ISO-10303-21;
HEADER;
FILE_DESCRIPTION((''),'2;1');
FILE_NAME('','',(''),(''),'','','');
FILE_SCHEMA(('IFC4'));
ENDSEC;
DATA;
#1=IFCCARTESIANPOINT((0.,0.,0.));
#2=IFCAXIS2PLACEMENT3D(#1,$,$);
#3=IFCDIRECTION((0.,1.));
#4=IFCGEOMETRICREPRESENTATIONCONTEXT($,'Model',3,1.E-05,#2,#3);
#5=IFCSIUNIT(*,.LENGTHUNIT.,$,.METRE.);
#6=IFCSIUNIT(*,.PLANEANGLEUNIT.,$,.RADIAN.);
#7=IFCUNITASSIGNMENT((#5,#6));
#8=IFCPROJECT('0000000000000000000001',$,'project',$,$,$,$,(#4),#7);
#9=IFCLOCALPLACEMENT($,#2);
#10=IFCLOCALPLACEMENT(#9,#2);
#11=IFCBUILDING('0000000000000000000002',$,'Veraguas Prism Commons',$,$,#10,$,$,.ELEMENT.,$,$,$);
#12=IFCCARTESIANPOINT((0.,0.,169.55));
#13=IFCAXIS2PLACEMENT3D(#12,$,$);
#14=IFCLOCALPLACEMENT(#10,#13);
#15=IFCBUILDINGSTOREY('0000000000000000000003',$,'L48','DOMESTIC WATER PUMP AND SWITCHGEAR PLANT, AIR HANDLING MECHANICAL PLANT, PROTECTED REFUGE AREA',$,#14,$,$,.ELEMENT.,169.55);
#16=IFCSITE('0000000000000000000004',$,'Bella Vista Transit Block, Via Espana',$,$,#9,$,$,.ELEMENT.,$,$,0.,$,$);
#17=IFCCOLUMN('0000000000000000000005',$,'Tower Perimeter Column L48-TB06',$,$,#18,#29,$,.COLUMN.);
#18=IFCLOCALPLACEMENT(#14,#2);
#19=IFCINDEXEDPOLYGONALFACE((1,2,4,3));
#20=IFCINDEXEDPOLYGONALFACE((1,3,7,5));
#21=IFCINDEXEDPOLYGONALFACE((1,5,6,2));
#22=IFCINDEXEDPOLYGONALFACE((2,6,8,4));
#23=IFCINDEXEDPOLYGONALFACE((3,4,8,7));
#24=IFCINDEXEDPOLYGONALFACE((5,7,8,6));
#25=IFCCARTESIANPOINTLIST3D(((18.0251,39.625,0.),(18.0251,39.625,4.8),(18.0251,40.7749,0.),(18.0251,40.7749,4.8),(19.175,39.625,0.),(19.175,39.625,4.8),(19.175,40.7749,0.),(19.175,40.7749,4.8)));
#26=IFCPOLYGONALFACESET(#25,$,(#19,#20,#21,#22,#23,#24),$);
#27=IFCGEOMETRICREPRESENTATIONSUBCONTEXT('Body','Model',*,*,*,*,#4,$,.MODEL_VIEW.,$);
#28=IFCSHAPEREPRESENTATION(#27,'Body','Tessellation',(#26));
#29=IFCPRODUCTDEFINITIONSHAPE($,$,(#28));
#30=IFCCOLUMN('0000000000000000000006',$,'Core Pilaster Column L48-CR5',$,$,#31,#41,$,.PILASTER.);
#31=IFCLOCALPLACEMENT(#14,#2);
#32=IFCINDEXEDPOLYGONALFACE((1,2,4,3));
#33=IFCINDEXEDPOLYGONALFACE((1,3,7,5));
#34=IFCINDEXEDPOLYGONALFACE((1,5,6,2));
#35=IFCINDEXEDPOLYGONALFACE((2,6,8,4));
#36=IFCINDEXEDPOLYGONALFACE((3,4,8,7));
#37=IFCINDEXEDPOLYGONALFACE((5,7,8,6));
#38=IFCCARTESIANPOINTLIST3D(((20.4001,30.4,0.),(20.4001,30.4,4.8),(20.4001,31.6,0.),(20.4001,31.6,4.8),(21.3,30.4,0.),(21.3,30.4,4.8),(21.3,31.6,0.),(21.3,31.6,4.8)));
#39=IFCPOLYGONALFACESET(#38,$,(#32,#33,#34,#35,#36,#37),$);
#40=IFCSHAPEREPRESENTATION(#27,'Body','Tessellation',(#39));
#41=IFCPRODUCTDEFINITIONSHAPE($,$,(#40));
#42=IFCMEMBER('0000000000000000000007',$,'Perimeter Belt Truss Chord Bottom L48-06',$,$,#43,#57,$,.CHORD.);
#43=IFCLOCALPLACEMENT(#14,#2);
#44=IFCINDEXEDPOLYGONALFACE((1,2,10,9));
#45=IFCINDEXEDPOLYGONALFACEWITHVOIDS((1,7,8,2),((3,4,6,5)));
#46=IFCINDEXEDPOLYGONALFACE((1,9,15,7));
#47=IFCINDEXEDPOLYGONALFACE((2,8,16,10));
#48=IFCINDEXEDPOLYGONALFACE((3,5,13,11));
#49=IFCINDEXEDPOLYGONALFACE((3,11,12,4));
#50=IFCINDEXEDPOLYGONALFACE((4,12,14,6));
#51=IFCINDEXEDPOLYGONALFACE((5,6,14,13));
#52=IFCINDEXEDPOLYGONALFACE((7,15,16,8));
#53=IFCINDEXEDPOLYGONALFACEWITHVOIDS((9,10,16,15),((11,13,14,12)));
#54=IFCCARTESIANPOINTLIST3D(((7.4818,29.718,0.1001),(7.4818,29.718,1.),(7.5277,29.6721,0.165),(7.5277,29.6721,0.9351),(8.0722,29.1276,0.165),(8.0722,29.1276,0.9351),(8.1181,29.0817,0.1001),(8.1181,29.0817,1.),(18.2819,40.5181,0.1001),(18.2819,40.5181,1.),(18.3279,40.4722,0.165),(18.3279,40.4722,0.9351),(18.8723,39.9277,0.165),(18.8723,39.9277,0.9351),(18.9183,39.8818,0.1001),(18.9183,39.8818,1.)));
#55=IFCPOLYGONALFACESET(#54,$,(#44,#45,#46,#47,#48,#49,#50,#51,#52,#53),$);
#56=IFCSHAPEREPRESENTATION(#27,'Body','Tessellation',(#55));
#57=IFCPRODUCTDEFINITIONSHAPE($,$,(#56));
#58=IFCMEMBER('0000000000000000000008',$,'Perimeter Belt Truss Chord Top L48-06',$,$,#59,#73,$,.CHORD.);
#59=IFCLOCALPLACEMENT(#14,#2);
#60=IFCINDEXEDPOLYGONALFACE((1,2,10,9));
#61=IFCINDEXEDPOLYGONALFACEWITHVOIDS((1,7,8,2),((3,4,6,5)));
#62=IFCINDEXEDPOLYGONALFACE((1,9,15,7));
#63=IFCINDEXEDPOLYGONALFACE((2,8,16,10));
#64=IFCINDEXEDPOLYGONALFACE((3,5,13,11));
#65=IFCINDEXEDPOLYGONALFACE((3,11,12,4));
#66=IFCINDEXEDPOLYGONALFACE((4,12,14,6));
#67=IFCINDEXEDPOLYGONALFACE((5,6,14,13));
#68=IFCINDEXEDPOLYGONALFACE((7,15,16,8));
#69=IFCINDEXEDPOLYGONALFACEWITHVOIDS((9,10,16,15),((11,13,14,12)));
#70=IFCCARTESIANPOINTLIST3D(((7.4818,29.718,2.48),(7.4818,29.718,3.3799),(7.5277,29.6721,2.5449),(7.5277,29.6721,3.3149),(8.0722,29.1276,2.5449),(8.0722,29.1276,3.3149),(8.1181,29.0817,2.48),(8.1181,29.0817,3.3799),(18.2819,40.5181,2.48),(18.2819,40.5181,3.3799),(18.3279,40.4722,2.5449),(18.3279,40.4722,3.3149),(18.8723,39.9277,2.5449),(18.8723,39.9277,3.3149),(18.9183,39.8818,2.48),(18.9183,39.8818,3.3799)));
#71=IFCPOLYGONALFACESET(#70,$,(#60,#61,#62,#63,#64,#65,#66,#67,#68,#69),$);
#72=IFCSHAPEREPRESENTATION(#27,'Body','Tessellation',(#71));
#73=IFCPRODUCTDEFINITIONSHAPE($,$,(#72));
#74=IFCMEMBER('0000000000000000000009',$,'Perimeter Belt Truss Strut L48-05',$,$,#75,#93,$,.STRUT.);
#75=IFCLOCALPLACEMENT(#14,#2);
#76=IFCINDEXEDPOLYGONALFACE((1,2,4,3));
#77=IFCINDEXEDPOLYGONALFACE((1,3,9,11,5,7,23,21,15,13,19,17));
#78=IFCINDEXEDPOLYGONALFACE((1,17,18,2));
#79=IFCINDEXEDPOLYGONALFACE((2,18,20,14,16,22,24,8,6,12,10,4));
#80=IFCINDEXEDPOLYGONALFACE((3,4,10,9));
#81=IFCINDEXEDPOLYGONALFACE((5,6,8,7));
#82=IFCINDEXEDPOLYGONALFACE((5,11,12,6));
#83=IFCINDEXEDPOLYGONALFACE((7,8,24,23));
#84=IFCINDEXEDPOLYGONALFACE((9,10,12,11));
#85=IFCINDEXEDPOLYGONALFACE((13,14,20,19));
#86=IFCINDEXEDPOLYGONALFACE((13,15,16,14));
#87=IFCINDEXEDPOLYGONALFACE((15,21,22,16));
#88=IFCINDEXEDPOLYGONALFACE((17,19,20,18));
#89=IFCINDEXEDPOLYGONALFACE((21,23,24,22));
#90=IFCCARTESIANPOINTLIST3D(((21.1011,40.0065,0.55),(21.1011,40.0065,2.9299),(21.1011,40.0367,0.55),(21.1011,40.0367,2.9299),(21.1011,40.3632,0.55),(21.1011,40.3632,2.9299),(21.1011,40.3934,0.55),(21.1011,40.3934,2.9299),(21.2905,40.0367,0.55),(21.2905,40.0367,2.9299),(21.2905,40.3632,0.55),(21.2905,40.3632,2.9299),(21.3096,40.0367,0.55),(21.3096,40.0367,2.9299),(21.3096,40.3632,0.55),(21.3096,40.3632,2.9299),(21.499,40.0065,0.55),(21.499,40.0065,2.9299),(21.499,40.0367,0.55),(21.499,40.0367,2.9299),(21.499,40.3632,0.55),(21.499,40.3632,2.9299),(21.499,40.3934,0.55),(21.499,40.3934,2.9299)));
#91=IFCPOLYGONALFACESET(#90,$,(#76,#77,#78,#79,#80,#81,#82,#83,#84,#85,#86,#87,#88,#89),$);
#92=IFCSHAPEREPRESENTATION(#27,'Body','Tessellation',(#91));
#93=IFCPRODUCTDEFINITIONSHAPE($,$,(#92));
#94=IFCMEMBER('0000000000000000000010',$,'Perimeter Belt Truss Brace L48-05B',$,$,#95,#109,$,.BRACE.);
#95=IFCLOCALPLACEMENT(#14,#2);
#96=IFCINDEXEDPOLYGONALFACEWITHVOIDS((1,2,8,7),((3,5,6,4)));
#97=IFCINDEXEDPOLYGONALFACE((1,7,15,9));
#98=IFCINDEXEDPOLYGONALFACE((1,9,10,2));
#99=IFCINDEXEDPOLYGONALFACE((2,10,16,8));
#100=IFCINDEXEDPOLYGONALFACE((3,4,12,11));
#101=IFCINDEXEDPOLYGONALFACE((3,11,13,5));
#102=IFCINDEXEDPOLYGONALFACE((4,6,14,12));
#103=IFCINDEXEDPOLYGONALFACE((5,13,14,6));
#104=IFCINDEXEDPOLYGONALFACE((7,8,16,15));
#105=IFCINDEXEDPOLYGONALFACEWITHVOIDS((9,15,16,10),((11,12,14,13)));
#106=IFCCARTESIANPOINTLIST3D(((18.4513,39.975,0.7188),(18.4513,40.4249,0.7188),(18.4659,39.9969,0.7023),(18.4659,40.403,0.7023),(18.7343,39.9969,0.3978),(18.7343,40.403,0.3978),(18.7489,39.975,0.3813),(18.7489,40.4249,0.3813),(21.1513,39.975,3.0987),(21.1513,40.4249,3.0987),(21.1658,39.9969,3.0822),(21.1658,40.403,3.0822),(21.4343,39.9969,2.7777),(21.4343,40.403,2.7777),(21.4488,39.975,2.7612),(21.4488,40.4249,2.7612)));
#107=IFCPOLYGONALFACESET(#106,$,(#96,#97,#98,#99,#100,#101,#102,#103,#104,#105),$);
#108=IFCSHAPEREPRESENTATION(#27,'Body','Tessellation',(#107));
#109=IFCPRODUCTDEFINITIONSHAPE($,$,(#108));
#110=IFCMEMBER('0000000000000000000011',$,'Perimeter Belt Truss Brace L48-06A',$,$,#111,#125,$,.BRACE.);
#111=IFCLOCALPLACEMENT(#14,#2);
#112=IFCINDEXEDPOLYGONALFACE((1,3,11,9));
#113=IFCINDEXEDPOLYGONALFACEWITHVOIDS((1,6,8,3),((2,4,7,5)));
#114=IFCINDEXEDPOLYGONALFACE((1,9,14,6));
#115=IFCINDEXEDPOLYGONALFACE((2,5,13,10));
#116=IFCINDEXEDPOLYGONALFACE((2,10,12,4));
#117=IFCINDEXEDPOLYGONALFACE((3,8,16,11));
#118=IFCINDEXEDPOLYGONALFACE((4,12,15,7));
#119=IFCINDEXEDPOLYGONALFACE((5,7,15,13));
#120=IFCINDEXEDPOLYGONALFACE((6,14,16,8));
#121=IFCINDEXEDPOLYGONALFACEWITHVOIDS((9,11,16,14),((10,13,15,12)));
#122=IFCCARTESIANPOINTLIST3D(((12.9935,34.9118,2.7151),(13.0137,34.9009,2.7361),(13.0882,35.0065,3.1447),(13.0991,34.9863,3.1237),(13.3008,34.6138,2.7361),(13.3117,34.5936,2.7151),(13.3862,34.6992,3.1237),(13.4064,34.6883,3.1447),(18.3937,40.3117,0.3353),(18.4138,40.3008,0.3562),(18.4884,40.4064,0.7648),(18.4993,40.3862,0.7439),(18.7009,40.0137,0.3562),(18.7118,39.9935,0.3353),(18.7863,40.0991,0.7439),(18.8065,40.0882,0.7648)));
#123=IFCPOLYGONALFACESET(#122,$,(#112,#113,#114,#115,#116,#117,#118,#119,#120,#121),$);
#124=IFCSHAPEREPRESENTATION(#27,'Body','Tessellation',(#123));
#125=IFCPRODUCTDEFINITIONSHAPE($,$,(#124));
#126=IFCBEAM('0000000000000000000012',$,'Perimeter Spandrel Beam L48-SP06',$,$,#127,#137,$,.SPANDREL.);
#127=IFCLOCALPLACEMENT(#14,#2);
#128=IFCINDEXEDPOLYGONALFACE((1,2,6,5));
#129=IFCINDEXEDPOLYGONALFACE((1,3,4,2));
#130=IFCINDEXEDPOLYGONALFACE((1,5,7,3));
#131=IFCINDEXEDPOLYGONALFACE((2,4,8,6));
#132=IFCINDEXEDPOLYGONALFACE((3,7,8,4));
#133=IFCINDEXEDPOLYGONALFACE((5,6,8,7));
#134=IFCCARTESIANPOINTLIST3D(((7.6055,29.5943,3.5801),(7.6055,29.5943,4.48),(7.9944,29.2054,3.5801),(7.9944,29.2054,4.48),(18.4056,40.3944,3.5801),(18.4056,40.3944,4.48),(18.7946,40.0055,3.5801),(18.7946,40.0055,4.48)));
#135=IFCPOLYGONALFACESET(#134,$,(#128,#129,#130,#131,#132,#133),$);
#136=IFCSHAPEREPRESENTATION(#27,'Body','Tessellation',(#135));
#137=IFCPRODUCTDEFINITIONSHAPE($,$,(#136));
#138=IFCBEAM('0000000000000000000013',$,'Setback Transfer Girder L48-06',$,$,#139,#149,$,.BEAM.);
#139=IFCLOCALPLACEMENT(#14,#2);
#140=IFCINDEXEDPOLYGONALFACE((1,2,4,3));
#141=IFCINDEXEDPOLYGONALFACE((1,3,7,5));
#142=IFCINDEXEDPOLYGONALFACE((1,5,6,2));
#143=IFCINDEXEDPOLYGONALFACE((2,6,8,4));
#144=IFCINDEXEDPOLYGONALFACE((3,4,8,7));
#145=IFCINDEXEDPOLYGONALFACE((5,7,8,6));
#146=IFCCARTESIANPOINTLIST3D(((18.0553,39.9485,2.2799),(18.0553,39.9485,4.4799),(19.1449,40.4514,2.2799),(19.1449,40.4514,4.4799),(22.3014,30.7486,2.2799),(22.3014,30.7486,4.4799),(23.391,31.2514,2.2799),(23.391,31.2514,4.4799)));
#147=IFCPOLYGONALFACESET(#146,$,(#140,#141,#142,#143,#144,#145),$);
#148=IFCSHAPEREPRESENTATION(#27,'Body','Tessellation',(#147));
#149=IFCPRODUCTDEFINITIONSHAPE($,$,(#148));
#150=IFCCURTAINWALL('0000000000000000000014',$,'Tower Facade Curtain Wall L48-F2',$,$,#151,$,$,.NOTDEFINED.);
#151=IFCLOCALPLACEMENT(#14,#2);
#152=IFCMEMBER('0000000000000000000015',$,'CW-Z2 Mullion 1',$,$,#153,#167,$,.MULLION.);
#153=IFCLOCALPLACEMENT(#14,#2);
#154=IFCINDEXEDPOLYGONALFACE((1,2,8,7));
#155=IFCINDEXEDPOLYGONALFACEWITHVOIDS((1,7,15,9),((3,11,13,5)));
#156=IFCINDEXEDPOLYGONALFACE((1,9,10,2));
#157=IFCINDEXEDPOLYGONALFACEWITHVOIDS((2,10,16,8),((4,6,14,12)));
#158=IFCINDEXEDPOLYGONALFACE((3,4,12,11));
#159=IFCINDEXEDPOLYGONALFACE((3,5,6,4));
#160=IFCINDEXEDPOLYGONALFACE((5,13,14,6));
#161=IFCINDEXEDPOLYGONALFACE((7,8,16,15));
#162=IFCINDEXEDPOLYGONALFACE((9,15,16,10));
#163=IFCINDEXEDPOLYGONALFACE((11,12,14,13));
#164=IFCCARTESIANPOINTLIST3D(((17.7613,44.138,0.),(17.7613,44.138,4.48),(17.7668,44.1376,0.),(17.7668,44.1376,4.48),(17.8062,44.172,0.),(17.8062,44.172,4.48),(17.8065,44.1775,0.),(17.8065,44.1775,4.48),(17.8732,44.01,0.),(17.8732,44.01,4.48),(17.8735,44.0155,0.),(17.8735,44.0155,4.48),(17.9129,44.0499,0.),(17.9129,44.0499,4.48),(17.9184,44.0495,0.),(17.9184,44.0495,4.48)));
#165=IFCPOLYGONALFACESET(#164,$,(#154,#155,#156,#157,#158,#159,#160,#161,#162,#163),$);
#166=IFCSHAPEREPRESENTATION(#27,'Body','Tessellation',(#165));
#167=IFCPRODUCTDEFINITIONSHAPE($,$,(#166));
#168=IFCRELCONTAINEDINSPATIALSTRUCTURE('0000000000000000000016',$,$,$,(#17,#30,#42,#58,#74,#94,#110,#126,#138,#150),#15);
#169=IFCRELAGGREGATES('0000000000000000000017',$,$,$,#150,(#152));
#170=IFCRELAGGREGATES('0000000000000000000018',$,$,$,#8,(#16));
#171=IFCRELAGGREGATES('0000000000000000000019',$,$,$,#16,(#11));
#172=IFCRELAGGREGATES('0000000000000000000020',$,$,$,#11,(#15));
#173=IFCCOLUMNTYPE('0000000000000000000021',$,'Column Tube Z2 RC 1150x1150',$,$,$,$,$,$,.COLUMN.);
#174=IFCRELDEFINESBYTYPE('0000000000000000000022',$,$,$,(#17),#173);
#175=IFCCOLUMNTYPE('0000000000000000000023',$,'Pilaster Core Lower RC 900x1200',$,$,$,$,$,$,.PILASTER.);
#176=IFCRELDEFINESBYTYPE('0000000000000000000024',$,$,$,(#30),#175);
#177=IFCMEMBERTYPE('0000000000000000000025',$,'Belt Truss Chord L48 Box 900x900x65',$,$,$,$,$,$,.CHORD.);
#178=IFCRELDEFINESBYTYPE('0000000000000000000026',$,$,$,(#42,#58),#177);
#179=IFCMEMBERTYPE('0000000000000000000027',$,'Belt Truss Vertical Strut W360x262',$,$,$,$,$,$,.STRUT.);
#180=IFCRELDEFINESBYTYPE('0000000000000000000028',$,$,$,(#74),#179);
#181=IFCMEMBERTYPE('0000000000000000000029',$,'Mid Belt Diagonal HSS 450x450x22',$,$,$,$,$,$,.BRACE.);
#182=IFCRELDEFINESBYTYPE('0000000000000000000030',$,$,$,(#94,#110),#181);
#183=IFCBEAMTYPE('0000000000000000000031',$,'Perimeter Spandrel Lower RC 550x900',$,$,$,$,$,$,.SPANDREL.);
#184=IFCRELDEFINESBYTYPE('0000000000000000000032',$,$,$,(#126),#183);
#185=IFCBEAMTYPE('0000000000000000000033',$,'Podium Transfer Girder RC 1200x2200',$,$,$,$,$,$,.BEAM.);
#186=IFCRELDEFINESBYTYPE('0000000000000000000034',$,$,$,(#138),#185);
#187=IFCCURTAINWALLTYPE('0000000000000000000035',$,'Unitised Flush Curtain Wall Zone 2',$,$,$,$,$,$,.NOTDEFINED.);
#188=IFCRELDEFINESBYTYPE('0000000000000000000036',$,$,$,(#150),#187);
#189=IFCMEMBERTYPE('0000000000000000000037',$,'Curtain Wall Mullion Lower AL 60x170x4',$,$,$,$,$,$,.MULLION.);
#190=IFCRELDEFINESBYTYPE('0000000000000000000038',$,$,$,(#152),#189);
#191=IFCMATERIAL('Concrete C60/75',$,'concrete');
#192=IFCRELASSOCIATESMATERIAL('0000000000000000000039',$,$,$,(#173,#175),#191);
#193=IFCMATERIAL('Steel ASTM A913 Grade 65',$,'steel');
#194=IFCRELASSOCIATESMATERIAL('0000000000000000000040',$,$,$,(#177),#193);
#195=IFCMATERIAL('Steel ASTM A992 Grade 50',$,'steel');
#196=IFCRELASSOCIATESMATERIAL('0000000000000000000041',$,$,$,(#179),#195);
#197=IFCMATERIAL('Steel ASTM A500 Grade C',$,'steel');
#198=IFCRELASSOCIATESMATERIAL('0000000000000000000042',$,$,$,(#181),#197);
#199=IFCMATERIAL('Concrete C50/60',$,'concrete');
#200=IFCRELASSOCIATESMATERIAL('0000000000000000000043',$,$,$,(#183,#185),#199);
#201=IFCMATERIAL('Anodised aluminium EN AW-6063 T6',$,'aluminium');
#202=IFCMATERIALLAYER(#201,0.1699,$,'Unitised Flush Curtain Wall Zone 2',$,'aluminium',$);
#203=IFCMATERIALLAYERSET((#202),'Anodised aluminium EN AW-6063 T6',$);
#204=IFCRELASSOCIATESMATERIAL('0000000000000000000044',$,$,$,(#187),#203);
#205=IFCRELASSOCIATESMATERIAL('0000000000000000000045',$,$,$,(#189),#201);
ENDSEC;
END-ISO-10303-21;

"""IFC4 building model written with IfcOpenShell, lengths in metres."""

from ifc_helpers import new_model, si_unit, direction, frame, origin, origin_2d, place, context, subcontext, project, spatial, rectangle, hollow_rectangle, i_section, extrude, source, transform, mapped, material, layer, layer_set, material_profile, profile_set, type_object, element, aggregate, save


model = new_model("IFC4")

# Units and contexts
model_context = context("Model", 3, precision=1e-05, world=origin(), true_north=direction((0.0, 1.0)))
body_context = subcontext(model_context, "Body", "Model", "MODEL_VIEW")
ifc_project = project(units=[si_unit("LENGTHUNIT", "METRE"), si_unit("PLANEANGLEUNIT", "RADIAN")], contexts=[model_context])

# Site, building, storey
site_placement = place(None, origin())
site = spatial("IfcSite", under=ifc_project, at=site_placement, Name="Bella Vista Transit Block, Via Espana", CompositionType="ELEMENT", RefElevation=0.0)
building_placement = place(site_placement, origin())
building = spatial("IfcBuilding", under=site, at=building_placement, Name="Veraguas Prism Commons", CompositionType="ELEMENT")
storey_placement = place(building_placement, frame((0.0, 0.0, 169.55)))
storey = spatial("IfcBuildingStorey", under=building, at=storey_placement, Name="L48", Description="DOMESTIC WATER PUMP AND SWITCHGEAR PLANT, AIR HANDLING MECHANICAL PLANT, PROTECTED REFUGE AREA", CompositionType="ELEMENT", Elevation=169.55)

# Columns
ifc_material_1 = material(Name="Concrete C60/75", Category="concrete")
ifc_material_profile_1 = material_profile(ifc_material_1, rectangle(XDim=1.1499, YDim=1.1499, at=origin_2d()), Name="RC1150X1150")
ifc_profile_set_1 = profile_set([ifc_material_profile_1], Name="Concrete C60/75")
column_type_1 = type_object("IfcColumnType", Name="Column Tube Z2 RC 1150x1150", PredefinedType="COLUMN", material=ifc_profile_set_1)
column_1_placement = place(storey_placement, frame((18.6001, 40.2, 0.0), z_axis=(0.0, 0.0, 1.0), x_axis=(1.0, 0.0, 0.0)))
element("IfcColumn", 1, at=column_1_placement, inside=storey, type_object=column_type_1, Name="Tower Perimeter Column L48-TB06", PredefinedType="COLUMN", context=body_context, shape_type="SweptSolid", body=[
    extrude(rectangle(XDim=1.1499, YDim=1.1499, at=origin_2d()), origin(), (0.0, 0.0, 1.0), 4.8),
])
ifc_material_profile_2 = material_profile(ifc_material_1, rectangle(XDim=0.8999, YDim=1.2, at=origin_2d()), Name="RC900X1200")
ifc_profile_set_2 = profile_set([ifc_material_profile_2], Name="Concrete C60/75")
column_type_2 = type_object("IfcColumnType", Name="Pilaster Core Lower RC 900x1200", PredefinedType="PILASTER", material=ifc_profile_set_2)
column_2_placement = place(storey_placement, frame((20.8501, 31.0, 0.0), z_axis=(0.0, 0.0, 1.0), x_axis=(1.0, 0.0, 0.0)))
element("IfcColumn", 2, at=column_2_placement, inside=storey, type_object=column_type_2, Name="Core Pilaster Column L48-CR5", PredefinedType="PILASTER", context=body_context, shape_type="SweptSolid", body=[
    extrude(rectangle(XDim=0.8999, YDim=1.2, at=origin_2d()), origin(), (0.0, 0.0, 1.0), 4.8),
])

# Members
ifc_material_2 = material(Name="Steel ASTM A913 Grade 65", Category="steel")
ifc_material_profile_3 = material_profile(ifc_material_2, hollow_rectangle(XDim=0.8999, YDim=0.8999, WallThickness=0.0649, at=origin_2d()), Name="BOX900X900X65")
ifc_profile_set_3 = profile_set([ifc_material_profile_3], Name="Steel ASTM A913 Grade 65")
member_type_1 = type_object("IfcMemberType", Name="Belt Truss Chord L48 Box 900x900x65", PredefinedType="CHORD", material=ifc_profile_set_3)
for number, where, z_axis, x_axis, name in (
    (3, (18.6001, 40.2, 0.55), (-0.707107, -0.707107, 0.0), (0.707107, -0.707107, 0.0), "Perimeter Belt Truss Chord Bottom L48-06"),
    (4, (18.6001, 40.2, 2.9299), (-0.707107, -0.707107, 0.0), (0.707107, -0.707107, 0.0), "Perimeter Belt Truss Chord Top L48-06"),
):
    element("IfcMember", number, at=place(storey_placement, frame(where, z_axis=z_axis, x_axis=x_axis)), inside=storey, type_object=member_type_1, Name=name, PredefinedType="CHORD", context=body_context, shape_type="SweptSolid", body=[
        extrude(hollow_rectangle(XDim=0.8999, YDim=0.8999, WallThickness=0.0649, at=origin_2d()), origin(), (0.0, 0.0, 1.0), 15.2737),
    ])
ifc_material_3 = material(Name="Steel ASTM A992 Grade 50", Category="steel")
ifc_material_profile_4 = material_profile(ifc_material_3, i_section(OverallWidth=0.3979, OverallDepth=0.387, WebThickness=0.019, FlangeThickness=0.0303, at=origin_2d()), Name="W360X262")
ifc_profile_set_4 = profile_set([ifc_material_profile_4], Name="Steel ASTM A992 Grade 50")
member_type_2 = type_object("IfcMemberType", Name="Belt Truss Vertical Strut W360x262", PredefinedType="STRUT", material=ifc_profile_set_4)
member_1_placement = place(storey_placement, frame((21.3, 40.2, 0.55), z_axis=(0.0, 0.0, 1.0), x_axis=(-1.0, 0.0, 0.0)))
element("IfcMember", 5, at=member_1_placement, inside=storey, type_object=member_type_2, Name="Perimeter Belt Truss Strut L48-05", PredefinedType="STRUT", context=body_context, shape_type="SweptSolid", body=[
    extrude(i_section(OverallWidth=0.3979, OverallDepth=0.387, WebThickness=0.019, FlangeThickness=0.0303, at=origin_2d()), origin(), (0.0, 0.0, 1.0), 2.3799),
])
ifc_material_4 = material(Name="Steel ASTM A500 Grade C", Category="steel")
ifc_material_profile_5 = material_profile(ifc_material_4, hollow_rectangle(XDim=0.45, YDim=0.45, WallThickness=0.022, at=origin_2d()), Name="HSS450X450X22")
ifc_profile_set_5 = profile_set([ifc_material_profile_5], Name="Steel ASTM A500 Grade C")
member_type_3 = type_object("IfcMemberType", Name="Mid Belt Diagonal HSS 450x450x22", PredefinedType="BRACE", material=ifc_profile_set_5)
member_2_placement = place(storey_placement, frame((18.6001, 40.2, 0.55), z_axis=(0.750172, 0.0, 0.661242), x_axis=(0.0, 1.0, 0.0)))
element("IfcMember", 6, at=member_2_placement, inside=storey, type_object=member_type_3, Name="Perimeter Belt Truss Brace L48-05B", PredefinedType="BRACE", context=body_context, shape_type="SweptSolid", body=[
    extrude(hollow_rectangle(XDim=0.45, YDim=0.45, WallThickness=0.022, at=origin_2d()), origin(), (0.0, 0.0, 1.0), 3.5991),
])
member_3_placement = place(storey_placement, frame((18.6001, 40.2, 0.55), z_axis=(-0.675101, -0.67507, 0.297522), x_axis=(0.707091, -0.707123, 0.0)))
element("IfcMember", 7, at=member_3_placement, inside=storey, type_object=member_type_3, Name="Perimeter Belt Truss Brace L48-06A", PredefinedType="BRACE", context=body_context, shape_type="SweptSolid", body=[
    extrude(hollow_rectangle(XDim=0.45, YDim=0.45, WallThickness=0.022, at=origin_2d()), origin(), (0.0, 0.0, 1.0), 7.999),
])

# Beams
ifc_material_5 = material(Name="Concrete C50/60", Category="concrete")
ifc_material_profile_6 = material_profile(ifc_material_5, rectangle(XDim=0.55, YDim=0.8999, at=origin_2d()), Name="RC550X900")
ifc_profile_set_6 = profile_set([ifc_material_profile_6], Name="Concrete C50/60")
beam_type_1 = type_object("IfcBeamType", Name="Perimeter Spandrel Lower RC 550x900", PredefinedType="SPANDREL", material=ifc_profile_set_6)
beam_1_placement = place(storey_placement, frame((18.6001, 40.2, 4.03), z_axis=(-0.707107, -0.707107, 0.0), x_axis=(0.707107, -0.707107, 0.0)))
element("IfcBeam", 8, at=beam_1_placement, inside=storey, type_object=beam_type_1, Name="Perimeter Spandrel Beam L48-SP06", PredefinedType="SPANDREL", context=body_context, shape_type="SweptSolid", body=[
    extrude(rectangle(XDim=0.55, YDim=0.8999, at=origin_2d()), origin(), (0.0, 0.0, 1.0), 15.2737),
])
ifc_material_profile_7 = material_profile(ifc_material_5, rectangle(XDim=1.2, YDim=2.2, at=origin_2d()), Name="RC1200X2200")
ifc_profile_set_7 = profile_set([ifc_material_profile_7], Name="Concrete C50/60")
beam_type_2 = type_object("IfcBeamType", Name="Podium Transfer Girder RC 1200x2200", PredefinedType="BEAM", material=ifc_profile_set_7)
beam_2_placement = place(storey_placement, frame((18.6001, 40.2, 3.3799), z_axis=(0.419055, -0.907961, 0.0), x_axis=(0.907961, 0.419055, 0.0)))
element("IfcBeam", 9, at=beam_2_placement, inside=storey, type_object=beam_type_2, Name="Setback Transfer Girder L48-06", PredefinedType="BEAM", context=body_context, shape_type="SweptSolid", body=[
    extrude(rectangle(XDim=1.2, YDim=2.2, at=origin_2d()), origin(), (0.0, 0.0, 1.0), 10.1326),
])

# Curtain wall, member
ifc_material_6 = material(Name="Anodised aluminium EN AW-6063 T6", Category="aluminium")
ifc_layer_1 = layer(ifc_material_6, 0.1699, Name="Unitised Flush Curtain Wall Zone 2", Category="aluminium")
ifc_layer_set_1 = layer_set([ifc_layer_1], Name="Anodised aluminium EN AW-6063 T6")
curtain_wall_type = type_object("IfcCurtainWallType", Name="Unitised Flush Curtain Wall Zone 2", PredefinedType="NOTDEFINED", material=ifc_layer_set_1)
curtain_wall_1_placement = place(storey_placement, origin())
curtain_wall_1 = element("IfcCurtainWall", 10, at=curtain_wall_1_placement, inside=storey, type_object=curtain_wall_type, Name="Tower Facade Curtain Wall L48-F2", PredefinedType="NOTDEFINED")
ifc_material_profile_8 = material_profile(ifc_material_6, hollow_rectangle(XDim=0.0601, YDim=0.1699, WallThickness=0.0039, at=origin_2d()), Name="AL60X170X4")
ifc_profile_set_8 = profile_set([ifc_material_profile_8], Name="Anodised aluminium EN AW-6063 T6")
member_type_4 = type_object("IfcMemberType", Name="Curtain Wall Mullion Lower AL 60x170x4", PredefinedType="MULLION", material=ifc_profile_set_8)
shared_shape_1 = source(origin(), body_context, "Body", "SweptSolid", [
    extrude(hollow_rectangle(XDim=0.0601, YDim=0.1699, WallThickness=0.0039, at=origin_2d()), origin(), (0.0, 0.0, 1.0), 4.48),
])
member_4_placement = place(storey_placement, frame((17.8398, 44.0938, 0.0), z_axis=(0.0, 0.0, 1.0), x_axis=(-0.752872, -0.658167, 0.0)))
member_4 = element("IfcMember", 11, at=member_4_placement, type_object=member_type_4, Name="CW-Z2 Mullion 1", PredefinedType="MULLION", context=body_context, shape_type="MappedRepresentation", body=[
    mapped(shared_shape_1, transform((0.0, 0.0, 0.0), scale=1.0)),
])

aggregate(curtain_wall_1, [member_4])

save(model, "model.ifc")
